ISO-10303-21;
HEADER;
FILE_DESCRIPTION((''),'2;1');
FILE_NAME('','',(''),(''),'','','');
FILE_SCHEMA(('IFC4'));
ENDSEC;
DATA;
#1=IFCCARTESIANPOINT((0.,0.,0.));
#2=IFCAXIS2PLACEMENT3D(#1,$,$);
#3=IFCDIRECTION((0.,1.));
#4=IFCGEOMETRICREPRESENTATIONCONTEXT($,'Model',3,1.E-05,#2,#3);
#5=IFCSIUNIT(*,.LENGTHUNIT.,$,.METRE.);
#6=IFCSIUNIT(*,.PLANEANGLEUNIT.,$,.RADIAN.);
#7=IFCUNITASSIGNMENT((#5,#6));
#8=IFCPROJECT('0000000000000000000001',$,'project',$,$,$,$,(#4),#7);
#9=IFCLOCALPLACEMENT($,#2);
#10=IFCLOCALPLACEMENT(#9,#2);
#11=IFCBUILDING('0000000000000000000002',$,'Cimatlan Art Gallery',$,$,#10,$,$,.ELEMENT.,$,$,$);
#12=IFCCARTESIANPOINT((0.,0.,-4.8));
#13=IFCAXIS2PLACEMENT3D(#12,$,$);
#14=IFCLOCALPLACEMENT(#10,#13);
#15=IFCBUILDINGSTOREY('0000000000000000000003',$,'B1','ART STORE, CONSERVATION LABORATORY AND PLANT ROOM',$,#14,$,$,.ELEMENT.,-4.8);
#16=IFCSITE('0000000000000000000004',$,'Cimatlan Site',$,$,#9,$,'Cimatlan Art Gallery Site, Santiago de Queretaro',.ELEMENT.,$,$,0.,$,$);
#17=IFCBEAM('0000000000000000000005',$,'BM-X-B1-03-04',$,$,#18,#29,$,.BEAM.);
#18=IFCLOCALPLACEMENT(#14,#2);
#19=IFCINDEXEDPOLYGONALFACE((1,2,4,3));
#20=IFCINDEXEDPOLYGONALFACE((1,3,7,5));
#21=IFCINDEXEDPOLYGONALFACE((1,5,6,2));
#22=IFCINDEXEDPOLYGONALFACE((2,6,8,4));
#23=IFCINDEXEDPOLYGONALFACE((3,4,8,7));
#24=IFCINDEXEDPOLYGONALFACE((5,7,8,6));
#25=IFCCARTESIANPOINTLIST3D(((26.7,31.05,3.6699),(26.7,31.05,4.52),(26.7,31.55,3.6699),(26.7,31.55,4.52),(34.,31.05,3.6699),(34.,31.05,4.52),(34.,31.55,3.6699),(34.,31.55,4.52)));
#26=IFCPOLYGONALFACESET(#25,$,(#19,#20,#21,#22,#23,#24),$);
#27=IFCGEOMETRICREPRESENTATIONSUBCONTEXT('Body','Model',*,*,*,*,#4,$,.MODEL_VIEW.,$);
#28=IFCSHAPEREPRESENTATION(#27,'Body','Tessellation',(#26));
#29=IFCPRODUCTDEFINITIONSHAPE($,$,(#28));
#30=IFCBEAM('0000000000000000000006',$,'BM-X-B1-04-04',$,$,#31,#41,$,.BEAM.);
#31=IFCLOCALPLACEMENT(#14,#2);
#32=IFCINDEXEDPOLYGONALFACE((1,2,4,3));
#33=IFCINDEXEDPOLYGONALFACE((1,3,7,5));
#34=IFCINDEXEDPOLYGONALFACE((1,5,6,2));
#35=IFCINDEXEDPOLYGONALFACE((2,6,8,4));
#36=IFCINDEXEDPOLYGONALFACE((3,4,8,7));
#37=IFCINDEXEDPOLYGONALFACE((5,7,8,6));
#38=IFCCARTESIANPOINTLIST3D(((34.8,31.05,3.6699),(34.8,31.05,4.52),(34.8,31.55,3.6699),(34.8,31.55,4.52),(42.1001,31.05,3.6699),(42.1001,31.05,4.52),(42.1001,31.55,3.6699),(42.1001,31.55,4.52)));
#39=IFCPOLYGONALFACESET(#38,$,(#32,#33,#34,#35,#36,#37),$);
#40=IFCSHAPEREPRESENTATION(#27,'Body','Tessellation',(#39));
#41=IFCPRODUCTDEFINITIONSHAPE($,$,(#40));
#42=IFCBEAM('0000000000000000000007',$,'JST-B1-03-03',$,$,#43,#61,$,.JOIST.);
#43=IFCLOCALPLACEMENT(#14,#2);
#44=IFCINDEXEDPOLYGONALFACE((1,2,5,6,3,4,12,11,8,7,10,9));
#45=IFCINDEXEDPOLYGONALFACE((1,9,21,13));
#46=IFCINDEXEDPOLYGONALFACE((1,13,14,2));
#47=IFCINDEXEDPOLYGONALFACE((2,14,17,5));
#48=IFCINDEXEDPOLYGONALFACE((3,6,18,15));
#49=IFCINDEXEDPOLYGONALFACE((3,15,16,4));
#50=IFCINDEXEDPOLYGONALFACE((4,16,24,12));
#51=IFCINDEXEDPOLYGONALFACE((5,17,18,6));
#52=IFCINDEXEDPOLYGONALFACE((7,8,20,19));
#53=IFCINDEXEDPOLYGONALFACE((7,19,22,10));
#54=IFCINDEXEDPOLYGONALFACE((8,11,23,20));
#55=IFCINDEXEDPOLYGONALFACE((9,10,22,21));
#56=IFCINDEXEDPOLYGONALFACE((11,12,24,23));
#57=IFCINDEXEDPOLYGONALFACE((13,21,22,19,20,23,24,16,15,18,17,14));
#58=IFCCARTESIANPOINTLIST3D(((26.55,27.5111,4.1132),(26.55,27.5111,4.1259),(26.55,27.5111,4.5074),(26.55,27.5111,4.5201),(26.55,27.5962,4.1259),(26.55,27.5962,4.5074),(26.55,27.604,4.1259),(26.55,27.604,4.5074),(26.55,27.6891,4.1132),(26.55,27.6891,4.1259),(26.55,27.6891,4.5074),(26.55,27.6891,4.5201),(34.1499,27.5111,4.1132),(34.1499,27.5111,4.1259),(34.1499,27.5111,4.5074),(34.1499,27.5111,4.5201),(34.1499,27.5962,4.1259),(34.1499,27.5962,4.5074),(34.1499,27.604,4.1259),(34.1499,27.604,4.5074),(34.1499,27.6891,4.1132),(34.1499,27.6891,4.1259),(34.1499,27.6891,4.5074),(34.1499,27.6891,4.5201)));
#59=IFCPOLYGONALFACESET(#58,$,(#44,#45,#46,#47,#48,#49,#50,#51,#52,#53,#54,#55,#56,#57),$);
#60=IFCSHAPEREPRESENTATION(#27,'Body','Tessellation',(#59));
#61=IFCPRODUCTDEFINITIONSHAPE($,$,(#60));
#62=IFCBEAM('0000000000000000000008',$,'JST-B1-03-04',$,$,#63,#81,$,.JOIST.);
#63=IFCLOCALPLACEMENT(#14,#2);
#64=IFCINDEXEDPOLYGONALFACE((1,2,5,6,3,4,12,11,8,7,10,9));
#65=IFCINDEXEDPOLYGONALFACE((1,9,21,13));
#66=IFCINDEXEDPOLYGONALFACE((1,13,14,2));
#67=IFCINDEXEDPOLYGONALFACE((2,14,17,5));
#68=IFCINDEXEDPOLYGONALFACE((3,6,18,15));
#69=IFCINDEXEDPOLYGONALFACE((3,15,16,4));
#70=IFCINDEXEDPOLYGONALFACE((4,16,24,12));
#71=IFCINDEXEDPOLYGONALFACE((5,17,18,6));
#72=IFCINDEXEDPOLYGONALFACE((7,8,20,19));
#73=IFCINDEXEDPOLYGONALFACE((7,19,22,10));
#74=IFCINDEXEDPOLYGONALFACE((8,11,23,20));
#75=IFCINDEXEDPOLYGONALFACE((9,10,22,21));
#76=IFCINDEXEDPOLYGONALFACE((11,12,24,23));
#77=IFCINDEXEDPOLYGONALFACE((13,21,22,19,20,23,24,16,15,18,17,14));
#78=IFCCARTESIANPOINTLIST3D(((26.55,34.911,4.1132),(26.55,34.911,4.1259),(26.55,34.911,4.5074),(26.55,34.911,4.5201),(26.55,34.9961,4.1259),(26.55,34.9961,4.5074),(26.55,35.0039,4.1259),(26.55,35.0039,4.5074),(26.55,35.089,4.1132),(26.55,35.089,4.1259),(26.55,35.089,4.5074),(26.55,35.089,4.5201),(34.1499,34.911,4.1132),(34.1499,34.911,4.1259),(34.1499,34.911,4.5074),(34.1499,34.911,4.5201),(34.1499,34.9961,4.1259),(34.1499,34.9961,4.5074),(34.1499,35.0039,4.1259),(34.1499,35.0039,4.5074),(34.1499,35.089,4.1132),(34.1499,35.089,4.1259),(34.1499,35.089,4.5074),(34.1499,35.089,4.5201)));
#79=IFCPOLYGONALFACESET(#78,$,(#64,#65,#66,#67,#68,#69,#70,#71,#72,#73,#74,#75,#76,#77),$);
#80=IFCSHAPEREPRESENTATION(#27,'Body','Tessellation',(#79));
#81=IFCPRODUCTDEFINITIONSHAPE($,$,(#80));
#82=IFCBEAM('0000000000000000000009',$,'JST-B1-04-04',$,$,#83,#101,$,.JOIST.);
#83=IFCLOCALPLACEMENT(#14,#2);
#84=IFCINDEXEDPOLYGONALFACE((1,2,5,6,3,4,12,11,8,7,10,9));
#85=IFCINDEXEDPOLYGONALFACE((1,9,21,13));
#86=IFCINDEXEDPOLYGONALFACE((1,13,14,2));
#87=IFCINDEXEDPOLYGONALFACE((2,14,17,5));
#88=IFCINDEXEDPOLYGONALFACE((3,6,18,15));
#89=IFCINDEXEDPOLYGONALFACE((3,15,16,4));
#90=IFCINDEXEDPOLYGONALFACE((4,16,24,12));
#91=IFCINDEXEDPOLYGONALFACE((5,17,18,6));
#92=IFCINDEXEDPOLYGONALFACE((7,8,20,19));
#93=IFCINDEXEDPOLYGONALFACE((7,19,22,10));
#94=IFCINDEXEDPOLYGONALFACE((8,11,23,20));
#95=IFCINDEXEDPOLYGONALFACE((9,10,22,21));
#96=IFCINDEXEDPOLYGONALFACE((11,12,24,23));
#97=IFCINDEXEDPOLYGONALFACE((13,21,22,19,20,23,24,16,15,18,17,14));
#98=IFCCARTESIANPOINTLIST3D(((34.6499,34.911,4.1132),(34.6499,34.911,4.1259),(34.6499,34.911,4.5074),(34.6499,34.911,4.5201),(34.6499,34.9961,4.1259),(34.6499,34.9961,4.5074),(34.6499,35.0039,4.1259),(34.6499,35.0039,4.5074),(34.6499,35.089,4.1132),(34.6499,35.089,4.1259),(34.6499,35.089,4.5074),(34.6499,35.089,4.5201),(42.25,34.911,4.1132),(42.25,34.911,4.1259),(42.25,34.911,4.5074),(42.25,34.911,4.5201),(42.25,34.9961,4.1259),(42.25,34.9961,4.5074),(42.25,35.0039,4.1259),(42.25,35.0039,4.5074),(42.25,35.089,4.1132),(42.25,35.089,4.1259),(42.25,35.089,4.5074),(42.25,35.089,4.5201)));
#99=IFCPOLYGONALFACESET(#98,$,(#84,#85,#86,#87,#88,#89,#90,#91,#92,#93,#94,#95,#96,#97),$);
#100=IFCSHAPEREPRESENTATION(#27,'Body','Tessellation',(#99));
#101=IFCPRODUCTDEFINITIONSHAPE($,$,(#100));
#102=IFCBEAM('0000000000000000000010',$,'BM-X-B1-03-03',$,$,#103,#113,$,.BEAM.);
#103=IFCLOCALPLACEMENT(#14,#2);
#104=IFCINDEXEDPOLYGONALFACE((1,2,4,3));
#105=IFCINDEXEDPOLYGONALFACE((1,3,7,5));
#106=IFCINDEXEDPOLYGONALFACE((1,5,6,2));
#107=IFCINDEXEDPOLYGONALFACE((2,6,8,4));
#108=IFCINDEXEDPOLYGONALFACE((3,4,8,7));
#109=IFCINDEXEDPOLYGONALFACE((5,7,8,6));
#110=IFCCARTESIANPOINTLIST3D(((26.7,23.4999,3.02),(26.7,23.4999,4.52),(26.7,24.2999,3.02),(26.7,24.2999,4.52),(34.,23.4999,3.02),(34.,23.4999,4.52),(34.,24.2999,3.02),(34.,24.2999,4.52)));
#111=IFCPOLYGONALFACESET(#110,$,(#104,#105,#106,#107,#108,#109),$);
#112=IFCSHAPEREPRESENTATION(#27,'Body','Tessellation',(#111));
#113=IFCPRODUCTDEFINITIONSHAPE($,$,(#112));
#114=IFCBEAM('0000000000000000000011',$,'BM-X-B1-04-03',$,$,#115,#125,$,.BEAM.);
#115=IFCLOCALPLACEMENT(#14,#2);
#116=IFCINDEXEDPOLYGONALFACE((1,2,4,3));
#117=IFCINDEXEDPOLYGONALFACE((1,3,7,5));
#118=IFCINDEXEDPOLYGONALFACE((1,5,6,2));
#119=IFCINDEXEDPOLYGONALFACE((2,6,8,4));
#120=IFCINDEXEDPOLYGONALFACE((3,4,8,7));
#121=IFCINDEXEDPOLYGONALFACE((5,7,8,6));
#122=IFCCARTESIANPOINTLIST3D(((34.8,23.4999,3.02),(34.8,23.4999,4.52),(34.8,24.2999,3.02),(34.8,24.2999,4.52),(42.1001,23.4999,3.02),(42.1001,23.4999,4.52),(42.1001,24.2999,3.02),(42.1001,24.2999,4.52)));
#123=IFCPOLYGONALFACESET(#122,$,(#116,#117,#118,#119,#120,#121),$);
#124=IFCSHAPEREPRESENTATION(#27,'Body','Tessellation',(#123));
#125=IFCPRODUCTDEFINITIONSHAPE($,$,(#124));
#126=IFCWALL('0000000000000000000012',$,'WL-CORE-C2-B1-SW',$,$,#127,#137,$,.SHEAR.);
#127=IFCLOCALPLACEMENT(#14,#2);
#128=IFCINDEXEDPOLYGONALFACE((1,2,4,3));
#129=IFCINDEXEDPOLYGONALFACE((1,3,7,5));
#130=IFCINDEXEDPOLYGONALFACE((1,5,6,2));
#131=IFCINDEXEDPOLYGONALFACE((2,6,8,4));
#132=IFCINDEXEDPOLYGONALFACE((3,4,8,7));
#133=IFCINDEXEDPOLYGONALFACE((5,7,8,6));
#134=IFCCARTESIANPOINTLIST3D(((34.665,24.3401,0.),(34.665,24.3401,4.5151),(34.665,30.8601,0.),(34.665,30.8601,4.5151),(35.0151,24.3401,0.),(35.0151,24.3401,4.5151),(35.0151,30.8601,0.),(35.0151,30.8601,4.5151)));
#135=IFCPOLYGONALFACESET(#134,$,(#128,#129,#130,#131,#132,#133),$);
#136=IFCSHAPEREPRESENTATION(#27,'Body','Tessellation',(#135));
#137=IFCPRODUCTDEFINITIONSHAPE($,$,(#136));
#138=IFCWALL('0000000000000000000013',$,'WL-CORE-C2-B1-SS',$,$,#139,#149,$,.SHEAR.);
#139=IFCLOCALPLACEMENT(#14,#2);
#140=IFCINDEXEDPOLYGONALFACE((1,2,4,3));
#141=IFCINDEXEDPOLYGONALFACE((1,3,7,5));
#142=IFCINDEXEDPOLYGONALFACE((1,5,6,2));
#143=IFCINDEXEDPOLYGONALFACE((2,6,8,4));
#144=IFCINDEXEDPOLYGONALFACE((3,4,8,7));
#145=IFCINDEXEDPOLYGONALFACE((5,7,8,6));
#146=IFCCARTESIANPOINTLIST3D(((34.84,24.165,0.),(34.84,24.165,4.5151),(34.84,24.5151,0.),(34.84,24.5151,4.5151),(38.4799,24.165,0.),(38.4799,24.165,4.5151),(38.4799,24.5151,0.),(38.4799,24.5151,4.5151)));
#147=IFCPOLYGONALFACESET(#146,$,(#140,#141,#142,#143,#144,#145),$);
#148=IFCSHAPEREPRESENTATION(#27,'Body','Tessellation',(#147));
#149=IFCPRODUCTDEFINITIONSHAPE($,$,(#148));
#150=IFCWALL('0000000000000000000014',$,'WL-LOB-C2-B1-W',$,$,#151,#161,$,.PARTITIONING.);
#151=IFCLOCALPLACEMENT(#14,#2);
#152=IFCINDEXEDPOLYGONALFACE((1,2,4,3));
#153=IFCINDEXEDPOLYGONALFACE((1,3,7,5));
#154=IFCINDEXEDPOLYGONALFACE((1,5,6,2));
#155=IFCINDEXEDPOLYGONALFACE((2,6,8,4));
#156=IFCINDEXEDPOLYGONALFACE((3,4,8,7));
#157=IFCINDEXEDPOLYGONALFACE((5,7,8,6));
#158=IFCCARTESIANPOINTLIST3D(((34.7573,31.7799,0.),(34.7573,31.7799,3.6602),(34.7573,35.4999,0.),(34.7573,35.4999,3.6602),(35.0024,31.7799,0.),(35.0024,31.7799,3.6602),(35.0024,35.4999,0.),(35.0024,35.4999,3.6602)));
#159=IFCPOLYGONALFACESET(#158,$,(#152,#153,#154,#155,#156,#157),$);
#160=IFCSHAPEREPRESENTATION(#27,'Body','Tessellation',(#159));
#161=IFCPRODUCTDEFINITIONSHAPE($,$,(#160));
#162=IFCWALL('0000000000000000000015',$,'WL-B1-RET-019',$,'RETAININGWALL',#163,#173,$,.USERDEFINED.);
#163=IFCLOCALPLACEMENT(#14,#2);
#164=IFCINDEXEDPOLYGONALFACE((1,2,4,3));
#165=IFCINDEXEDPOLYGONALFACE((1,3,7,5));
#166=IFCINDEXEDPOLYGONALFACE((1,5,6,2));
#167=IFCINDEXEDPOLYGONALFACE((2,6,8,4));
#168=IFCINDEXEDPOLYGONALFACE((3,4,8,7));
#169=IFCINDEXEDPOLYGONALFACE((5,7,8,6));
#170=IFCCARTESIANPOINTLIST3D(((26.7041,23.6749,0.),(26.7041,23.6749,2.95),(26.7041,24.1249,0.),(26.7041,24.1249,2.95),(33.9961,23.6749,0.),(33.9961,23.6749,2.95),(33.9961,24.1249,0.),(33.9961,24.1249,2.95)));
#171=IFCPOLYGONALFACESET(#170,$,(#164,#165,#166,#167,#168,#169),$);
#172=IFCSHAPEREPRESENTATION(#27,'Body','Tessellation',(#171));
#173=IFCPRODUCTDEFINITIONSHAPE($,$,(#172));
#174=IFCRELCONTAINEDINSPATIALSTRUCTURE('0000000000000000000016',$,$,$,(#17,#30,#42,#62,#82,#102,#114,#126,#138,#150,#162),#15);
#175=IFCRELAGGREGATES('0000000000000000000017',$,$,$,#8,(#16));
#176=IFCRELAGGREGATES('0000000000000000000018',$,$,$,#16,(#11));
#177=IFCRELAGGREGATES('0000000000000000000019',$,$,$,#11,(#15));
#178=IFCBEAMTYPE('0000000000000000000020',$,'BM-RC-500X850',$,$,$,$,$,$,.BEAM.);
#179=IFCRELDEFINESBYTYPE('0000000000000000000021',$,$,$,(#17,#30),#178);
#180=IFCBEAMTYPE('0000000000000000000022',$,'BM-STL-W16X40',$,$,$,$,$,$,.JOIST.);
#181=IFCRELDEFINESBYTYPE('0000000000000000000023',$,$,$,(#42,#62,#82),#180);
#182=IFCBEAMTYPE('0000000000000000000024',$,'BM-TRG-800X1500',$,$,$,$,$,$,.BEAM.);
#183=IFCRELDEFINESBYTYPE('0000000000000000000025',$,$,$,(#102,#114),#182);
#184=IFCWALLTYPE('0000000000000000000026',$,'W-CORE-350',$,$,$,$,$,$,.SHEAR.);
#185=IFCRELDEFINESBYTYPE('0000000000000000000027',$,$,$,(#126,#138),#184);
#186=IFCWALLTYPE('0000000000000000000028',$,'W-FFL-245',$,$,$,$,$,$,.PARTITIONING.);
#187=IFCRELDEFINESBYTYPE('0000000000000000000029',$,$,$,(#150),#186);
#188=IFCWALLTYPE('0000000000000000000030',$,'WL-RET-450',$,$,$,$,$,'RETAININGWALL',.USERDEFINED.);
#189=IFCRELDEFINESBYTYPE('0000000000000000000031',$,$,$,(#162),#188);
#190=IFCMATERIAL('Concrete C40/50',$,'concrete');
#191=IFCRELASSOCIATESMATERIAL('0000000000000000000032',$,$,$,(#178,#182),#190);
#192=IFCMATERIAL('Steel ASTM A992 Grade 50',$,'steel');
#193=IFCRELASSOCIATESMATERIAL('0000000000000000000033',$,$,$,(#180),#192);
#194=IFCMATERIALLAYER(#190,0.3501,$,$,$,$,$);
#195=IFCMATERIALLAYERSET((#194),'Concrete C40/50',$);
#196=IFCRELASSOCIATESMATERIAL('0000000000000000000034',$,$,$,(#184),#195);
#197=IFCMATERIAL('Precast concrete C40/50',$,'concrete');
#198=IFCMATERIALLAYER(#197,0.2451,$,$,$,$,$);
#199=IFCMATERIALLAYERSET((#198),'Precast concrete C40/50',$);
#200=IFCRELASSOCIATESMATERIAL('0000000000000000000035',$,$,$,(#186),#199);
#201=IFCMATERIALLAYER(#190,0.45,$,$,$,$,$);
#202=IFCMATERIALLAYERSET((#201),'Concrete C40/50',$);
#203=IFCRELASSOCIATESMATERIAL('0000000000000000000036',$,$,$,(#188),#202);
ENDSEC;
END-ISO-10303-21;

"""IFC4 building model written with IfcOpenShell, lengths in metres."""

from ifc_helpers import new_model, si_unit, direction, frame, frame_2d, origin, origin_2d, place, context, subcontext, project, spatial, rectangle, i_section, extrude, material, layer, layer_set, material_profile, profile_set, type_object, element, save


model = new_model("IFC4")

# Units and contexts
model_context = context("Model", 3, precision=1e-05, world=origin(), true_north=direction((0.0, 1.0)))
body_context = subcontext(model_context, "Body", "Model", "MODEL_VIEW")
ifc_project = project(units=[si_unit("LENGTHUNIT", "METRE"), si_unit("PLANEANGLEUNIT", "RADIAN")], contexts=[model_context])

# Site, building, storey
site_placement = place(None, origin())
site = spatial("IfcSite", under=ifc_project, at=site_placement, Name="Cimatlan Site", LongName="Cimatlan Art Gallery Site, Santiago de Queretaro", CompositionType="ELEMENT", RefElevation=0.0)
building_placement = place(site_placement, origin())
building = spatial("IfcBuilding", under=site, at=building_placement, Name="Cimatlan Art Gallery", CompositionType="ELEMENT")
storey_placement = place(building_placement, frame((0.0, 0.0, -4.8)))
storey = spatial("IfcBuildingStorey", under=building, at=storey_placement, Name="B1", Description="ART STORE, CONSERVATION LABORATORY AND PLANT ROOM", CompositionType="ELEMENT", Elevation=-4.8)

# Shared definitions
ifc_material_1 = material(Name="Concrete C40/50", Category="concrete")

# Beams
ifc_material_profile_1 = material_profile(ifc_material_1, rectangle(XDim=0.5, YDim=0.8501, at=origin_2d()), Name="RC500X850")
ifc_profile_set_1 = profile_set([ifc_material_profile_1], Name="Concrete C40/50")
beam_type_1 = type_object("IfcBeamType", Name="BM-RC-500X850", PredefinedType="BEAM", material=ifc_profile_set_1)
for number, where, z_axis, x_axis, name in (
    (1, (26.7, 31.3, 4.095), (1.0, 0.0, 0.0), (0.0, 1.0, 0.0), "BM-X-B1-03-04"),
    (2, (34.8, 31.3, 4.095), (1.0, 0.0, 0.0), (0.0, 1.0, 0.0), "BM-X-B1-04-04"),
):
    element("IfcBeam", number, at=place(storey_placement, frame(where, z_axis=z_axis, x_axis=x_axis)), inside=storey, type_object=beam_type_1, Name=name, PredefinedType="BEAM", context=body_context, shape_type="SweptSolid", body=[
        extrude(rectangle(XDim=0.5, YDim=0.8501, at=origin_2d()), origin(), (0.0, 0.0, 1.0), 7.3),
    ])
ifc_material_2 = material(Name="Steel ASTM A992 Grade 50", Category="steel")
ifc_material_profile_2 = material_profile(ifc_material_2, i_section(OverallWidth=0.178, OverallDepth=0.407, WebThickness=0.0078, FlangeThickness=0.0127, at=origin_2d()), Name="W16X40")
ifc_profile_set_2 = profile_set([ifc_material_profile_2], Name="Steel ASTM A992 Grade 50")
beam_type_2 = type_object("IfcBeamType", Name="BM-STL-W16X40", PredefinedType="JOIST", material=ifc_profile_set_2)
for number, where, z_axis, x_axis, name in (
    (3, (26.55, 27.6001, 4.3167), (1.0, 0.0, 0.0), (0.0, 1.0, 0.0), "JST-B1-03-03"),
    (4, (26.55, 35.0, 4.3167), (1.0, 0.0, 0.0), (0.0, 1.0, 0.0), "JST-B1-03-04"),
):
    element("IfcBeam", number, at=place(storey_placement, frame(where, z_axis=z_axis, x_axis=x_axis)), inside=storey, type_object=beam_type_2, Name=name, PredefinedType="JOIST", context=body_context, shape_type="SweptSolid", body=[
        extrude(i_section(OverallWidth=0.178, OverallDepth=0.407, WebThickness=0.0078, FlangeThickness=0.0127, at=origin_2d()), origin(), (0.0, 0.0, 1.0), 7.5999),
    ])
beam_1_placement = place(storey_placement, frame((34.6499, 35.0, 4.3167), z_axis=(1.0, 0.0, 0.0), x_axis=(0.0, 1.0, 0.0)))
element("IfcBeam", 5, at=beam_1_placement, inside=storey, type_object=beam_type_2, Name="JST-B1-04-04", PredefinedType="JOIST", context=body_context, shape_type="SweptSolid", body=[
    extrude(i_section(OverallWidth=0.178, OverallDepth=0.407, WebThickness=0.0078, FlangeThickness=0.0127, at=origin_2d()), origin(), (0.0, 0.0, 1.0), 7.6001),
])
ifc_material_profile_3 = material_profile(ifc_material_1, rectangle(XDim=0.8, YDim=1.5, at=origin_2d()), Name="RC800X1500")
ifc_profile_set_3 = profile_set([ifc_material_profile_3], Name="Concrete C40/50")
beam_type_3 = type_object("IfcBeamType", Name="BM-TRG-800X1500", PredefinedType="BEAM", material=ifc_profile_set_3)
for number, where, z_axis, x_axis, name in (
    (6, (26.7, 23.8999, 3.77), (1.0, 0.0, 0.0), (0.0, 1.0, 0.0), "BM-X-B1-03-03"),
    (7, (34.8, 23.8999, 3.77), (1.0, 0.0, 0.0), (0.0, 1.0, 0.0), "BM-X-B1-04-03"),
):
    element("IfcBeam", number, at=place(storey_placement, frame(where, z_axis=z_axis, x_axis=x_axis)), inside=storey, type_object=beam_type_3, Name=name, PredefinedType="BEAM", context=body_context, shape_type="SweptSolid", body=[
        extrude(rectangle(XDim=0.8, YDim=1.5, at=origin_2d()), origin(), (0.0, 0.0, 1.0), 7.3),
    ])

# Walls
ifc_layer_1 = layer(ifc_material_1, 0.3501)
ifc_layer_set_1 = layer_set([ifc_layer_1], Name="Concrete C40/50")
wall_type_1 = type_object("IfcWallType", Name="W-CORE-350", PredefinedType="SHEAR", material=ifc_layer_set_1)
wall_1_placement = place(storey_placement, frame((34.8401, 24.3401, 0.0), z_axis=(0.0, 0.0, 1.0), x_axis=(0.0, 1.0, 0.0)))
element("IfcWall", 8, at=wall_1_placement, inside=storey, type_object=wall_type_1, Name="WL-CORE-C2-B1-SW", PredefinedType="SHEAR", context=body_context, shape_type="SweptSolid", body=[
    extrude(rectangle(XDim=6.52, YDim=0.3501, at=frame_2d((3.26, 0.0))), origin(), (0.0, 0.0, 1.0), 4.5151),
])
wall_2_placement = place(storey_placement, frame((34.8401, 24.3401, 0.0), z_axis=(0.0, 0.0, 1.0), x_axis=(1.0, 0.0, 0.0)))
element("IfcWall", 9, at=wall_2_placement, inside=storey, type_object=wall_type_1, Name="WL-CORE-C2-B1-SS", PredefinedType="SHEAR", context=body_context, shape_type="SweptSolid", body=[
    extrude(rectangle(XDim=3.6399, YDim=0.3501, at=frame_2d((1.8198, 0.0))), origin(), (0.0, 0.0, 1.0), 4.5151),
])

# Shared definitions
ifc_material_3 = material(Name="Precast concrete C40/50", Category="concrete")
ifc_layer_2 = layer(ifc_material_3, 0.2451)
ifc_layer_set_2 = layer_set([ifc_layer_2], Name="Precast concrete C40/50")
wall_type_2 = type_object("IfcWallType", Name="W-FFL-245", PredefinedType="PARTITIONING", material=ifc_layer_set_2)

# Walls
wall_3_placement = place(storey_placement, frame((34.8799, 31.78, 0.0), z_axis=(0.0, 0.0, 1.0), x_axis=(0.0, 1.0, 0.0)))
element("IfcWall", 10, at=wall_3_placement, inside=storey, type_object=wall_type_2, Name="WL-LOB-C2-B1-W", PredefinedType="PARTITIONING", context=body_context, shape_type="SweptSolid", body=[
    extrude(rectangle(XDim=3.72, YDim=0.2451, at=frame_2d((1.8599, 0.0))), origin(), (0.0, 0.0, 1.0), 3.6602),
])
ifc_layer_3 = layer(ifc_material_1, 0.45)
ifc_layer_set_3 = layer_set([ifc_layer_3], Name="Concrete C40/50")
wall_type_3 = type_object("IfcWallType", Name="WL-RET-450", ElementType="RETAININGWALL", PredefinedType="USERDEFINED", material=ifc_layer_set_3)
wall_4_placement = place(storey_placement, frame((33.9961, 23.8999, 0.0), z_axis=(0.0, 0.0, 1.0), x_axis=(-1.0, 0.0, 0.0)))
element("IfcWall", 11, at=wall_4_placement, inside=storey, type_object=wall_type_3, Name="WL-B1-RET-019", ObjectType="RETAININGWALL", PredefinedType="USERDEFINED", context=body_context, shape_type="SweptSolid", body=[
    extrude(rectangle(XDim=7.292, YDim=0.45, at=frame_2d((3.646, 0.0))), origin(), (0.0, 0.0, 1.0), 2.95),
])

save(model, "model.ifc")
